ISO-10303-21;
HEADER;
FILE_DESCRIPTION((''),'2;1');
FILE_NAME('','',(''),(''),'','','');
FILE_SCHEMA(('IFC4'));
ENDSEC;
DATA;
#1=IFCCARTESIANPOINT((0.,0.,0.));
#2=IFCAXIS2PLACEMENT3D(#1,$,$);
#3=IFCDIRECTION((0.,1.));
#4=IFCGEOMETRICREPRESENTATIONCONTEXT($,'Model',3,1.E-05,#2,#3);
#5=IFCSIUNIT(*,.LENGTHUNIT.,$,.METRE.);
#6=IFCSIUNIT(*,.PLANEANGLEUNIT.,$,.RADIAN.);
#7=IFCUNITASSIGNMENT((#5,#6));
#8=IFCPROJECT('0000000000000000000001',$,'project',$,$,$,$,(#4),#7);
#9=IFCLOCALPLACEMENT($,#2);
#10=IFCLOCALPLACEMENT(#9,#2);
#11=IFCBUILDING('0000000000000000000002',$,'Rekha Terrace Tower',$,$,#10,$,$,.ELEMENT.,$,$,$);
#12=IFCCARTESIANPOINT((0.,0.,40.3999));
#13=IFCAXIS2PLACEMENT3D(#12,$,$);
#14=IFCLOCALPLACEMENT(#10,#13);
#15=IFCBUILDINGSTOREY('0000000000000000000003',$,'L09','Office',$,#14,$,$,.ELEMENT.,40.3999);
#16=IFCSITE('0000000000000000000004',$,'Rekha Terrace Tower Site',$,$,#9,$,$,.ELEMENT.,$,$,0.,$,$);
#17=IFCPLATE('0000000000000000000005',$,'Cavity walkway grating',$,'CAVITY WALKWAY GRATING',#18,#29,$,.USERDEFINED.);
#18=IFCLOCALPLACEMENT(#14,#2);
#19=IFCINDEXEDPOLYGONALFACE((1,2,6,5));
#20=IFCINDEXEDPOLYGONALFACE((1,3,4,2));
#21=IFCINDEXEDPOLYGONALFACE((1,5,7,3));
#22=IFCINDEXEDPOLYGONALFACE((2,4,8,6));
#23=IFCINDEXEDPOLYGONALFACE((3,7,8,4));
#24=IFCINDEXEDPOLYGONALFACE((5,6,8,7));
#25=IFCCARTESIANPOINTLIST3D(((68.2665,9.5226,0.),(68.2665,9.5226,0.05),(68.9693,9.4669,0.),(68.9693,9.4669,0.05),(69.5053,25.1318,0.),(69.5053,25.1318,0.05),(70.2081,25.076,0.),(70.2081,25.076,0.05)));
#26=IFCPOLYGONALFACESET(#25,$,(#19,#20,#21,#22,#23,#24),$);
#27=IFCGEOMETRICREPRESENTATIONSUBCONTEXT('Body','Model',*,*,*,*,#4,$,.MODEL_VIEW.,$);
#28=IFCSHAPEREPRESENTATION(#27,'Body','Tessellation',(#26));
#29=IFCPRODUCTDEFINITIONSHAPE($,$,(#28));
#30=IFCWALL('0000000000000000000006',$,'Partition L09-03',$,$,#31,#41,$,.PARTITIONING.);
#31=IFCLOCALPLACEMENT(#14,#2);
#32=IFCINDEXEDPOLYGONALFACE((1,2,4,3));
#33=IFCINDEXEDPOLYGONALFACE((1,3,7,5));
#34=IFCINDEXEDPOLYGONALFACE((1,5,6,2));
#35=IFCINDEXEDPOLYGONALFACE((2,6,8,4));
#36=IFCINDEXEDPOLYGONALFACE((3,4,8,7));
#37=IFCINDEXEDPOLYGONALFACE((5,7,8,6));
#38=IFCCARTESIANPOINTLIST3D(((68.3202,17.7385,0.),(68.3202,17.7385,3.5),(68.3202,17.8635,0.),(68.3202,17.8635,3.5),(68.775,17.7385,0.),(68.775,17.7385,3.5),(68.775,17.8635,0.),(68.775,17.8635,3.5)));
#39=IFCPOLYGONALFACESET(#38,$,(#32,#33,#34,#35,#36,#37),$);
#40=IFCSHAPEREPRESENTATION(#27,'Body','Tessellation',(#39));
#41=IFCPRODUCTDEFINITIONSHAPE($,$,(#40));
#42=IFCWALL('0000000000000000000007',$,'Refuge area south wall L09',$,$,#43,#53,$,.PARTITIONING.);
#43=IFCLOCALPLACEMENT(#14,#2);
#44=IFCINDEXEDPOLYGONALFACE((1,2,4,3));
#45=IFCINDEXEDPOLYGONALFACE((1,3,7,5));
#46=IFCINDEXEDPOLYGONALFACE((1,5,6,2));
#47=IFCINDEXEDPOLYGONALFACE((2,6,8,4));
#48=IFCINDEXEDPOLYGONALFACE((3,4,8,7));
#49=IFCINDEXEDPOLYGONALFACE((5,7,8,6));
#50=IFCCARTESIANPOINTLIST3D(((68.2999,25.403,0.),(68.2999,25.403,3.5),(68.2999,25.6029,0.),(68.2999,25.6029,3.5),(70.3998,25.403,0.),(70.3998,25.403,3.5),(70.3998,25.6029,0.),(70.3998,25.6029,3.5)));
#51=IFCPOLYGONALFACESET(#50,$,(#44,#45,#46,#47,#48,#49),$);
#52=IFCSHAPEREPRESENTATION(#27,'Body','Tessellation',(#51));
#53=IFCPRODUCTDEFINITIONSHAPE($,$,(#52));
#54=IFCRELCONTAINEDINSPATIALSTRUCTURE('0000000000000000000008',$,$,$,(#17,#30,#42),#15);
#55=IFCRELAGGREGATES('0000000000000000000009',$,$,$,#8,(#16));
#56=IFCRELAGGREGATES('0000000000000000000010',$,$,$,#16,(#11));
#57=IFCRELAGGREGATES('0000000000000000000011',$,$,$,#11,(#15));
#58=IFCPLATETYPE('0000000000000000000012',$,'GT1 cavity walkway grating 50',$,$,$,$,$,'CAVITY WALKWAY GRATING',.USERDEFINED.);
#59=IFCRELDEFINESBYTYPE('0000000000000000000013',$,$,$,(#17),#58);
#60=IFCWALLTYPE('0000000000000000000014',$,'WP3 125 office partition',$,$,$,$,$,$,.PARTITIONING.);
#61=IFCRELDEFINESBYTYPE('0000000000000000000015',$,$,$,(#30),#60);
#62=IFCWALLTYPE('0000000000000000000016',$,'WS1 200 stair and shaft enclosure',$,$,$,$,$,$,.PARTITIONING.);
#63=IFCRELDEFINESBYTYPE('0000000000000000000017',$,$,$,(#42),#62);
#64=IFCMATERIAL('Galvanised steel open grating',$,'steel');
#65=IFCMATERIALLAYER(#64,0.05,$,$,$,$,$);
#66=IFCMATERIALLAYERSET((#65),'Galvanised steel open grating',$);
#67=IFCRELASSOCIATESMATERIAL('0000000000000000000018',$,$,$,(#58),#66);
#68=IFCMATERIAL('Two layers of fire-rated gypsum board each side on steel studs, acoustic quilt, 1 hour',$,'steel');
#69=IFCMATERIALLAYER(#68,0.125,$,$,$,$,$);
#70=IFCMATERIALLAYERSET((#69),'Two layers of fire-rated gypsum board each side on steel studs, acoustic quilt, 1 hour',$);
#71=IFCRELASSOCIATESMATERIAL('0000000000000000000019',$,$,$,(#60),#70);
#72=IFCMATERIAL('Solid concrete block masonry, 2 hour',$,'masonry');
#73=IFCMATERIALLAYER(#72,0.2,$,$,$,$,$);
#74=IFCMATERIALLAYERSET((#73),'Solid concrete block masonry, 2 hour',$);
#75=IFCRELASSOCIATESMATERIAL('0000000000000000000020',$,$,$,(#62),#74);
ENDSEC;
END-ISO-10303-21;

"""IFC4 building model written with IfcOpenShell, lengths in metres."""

from ifc_helpers import new_model, si_unit, direction, frame, frame_2d, origin, origin_2d, place, context, subcontext, project, spatial, rectangle, extrude, material, layer, layer_set, type_object, element, save


model = new_model("IFC4")

# Units and contexts
model_context = context("Model", 3, precision=1e-05, world=origin(), true_north=direction((0.0, 1.0)))
body_context = subcontext(model_context, "Body", "Model", "MODEL_VIEW")
ifc_project = project(units=[si_unit("LENGTHUNIT", "METRE"), si_unit("PLANEANGLEUNIT", "RADIAN")], contexts=[model_context])

# Site, building, storey
site_placement = place(None, origin())
site = spatial("IfcSite", under=ifc_project, at=site_placement, Name="Rekha Terrace Tower Site", CompositionType="ELEMENT", RefElevation=0.0)
building_placement = place(site_placement, origin())
building = spatial("IfcBuilding", under=site, at=building_placement, Name="Rekha Terrace Tower", CompositionType="ELEMENT")
storey_placement = place(building_placement, frame((0.0, 0.0, 40.3999)))
storey = spatial("IfcBuildingStorey", under=building, at=storey_placement, Name="L09", Description="Office", CompositionType="ELEMENT", Elevation=40.3999)

# Plate
ifc_material_1 = material(Name="Galvanised steel open grating", Category="steel")
ifc_layer_1 = layer(ifc_material_1, 0.05)
ifc_layer_set_1 = layer_set([ifc_layer_1], Name="Galvanised steel open grating")
plate_type_1 = type_object("IfcPlateType", Name="GT1 cavity walkway grating 50", ElementType="CAVITY WALKWAY GRATING", PredefinedType="USERDEFINED", material=ifc_layer_set_1)
plate_1_placement = place(storey_placement, frame((69.2373, 17.2993, 0.0), z_axis=(0.0, 0.0, 1.0), x_axis=(0.079116, 0.996865, 0.0)))
element("IfcPlate", 1, at=plate_1_placement, inside=storey, type_object=plate_type_1, Name="Cavity walkway grating", ObjectType="CAVITY WALKWAY GRATING", PredefinedType="USERDEFINED", context=body_context, shape_type="SweptSolid", body=[
    extrude(rectangle(XDim=15.6582, YDim=0.7051, at=origin_2d()), origin(), (0.0, 0.0, 1.0), 0.05),
])

# Walls
ifc_material_2 = material(Name="Two layers of fire-rated gypsum board each side on steel studs, acoustic quilt, 1 hour", Category="steel")
ifc_layer_2 = layer(ifc_material_2, 0.125)
ifc_layer_set_2 = layer_set([ifc_layer_2], Name="Two layers of fire-rated gypsum board each side on steel studs, acoustic quilt, 1 hour")
wall_type_1 = type_object("IfcWallType", Name="WP3 125 office partition", PredefinedType="PARTITIONING", material=ifc_layer_set_2)
wall_1_placement = place(storey_placement, frame((68.3201, 17.801, 0.0), z_axis=(0.0, 0.0, 1.0), x_axis=(1.0, 0.0, 0.0)))
element("IfcWall", 2, at=wall_1_placement, inside=storey, type_object=wall_type_1, Name="Partition L09-03", PredefinedType="PARTITIONING", context=body_context, shape_type="SweptSolid", body=[
    extrude(rectangle(XDim=0.4548, YDim=0.125, at=frame_2d((0.2275, 0.0))), origin(), (0.0, 0.0, 1.0), 3.5),
])
ifc_material_3 = material(Name="Solid concrete block masonry, 2 hour", Category="masonry")
ifc_layer_3 = layer(ifc_material_3, 0.2)
ifc_layer_set_3 = layer_set([ifc_layer_3], Name="Solid concrete block masonry, 2 hour")
wall_type_2 = type_object("IfcWallType", Name="WS1 200 stair and shaft enclosure", PredefinedType="PARTITIONING", material=ifc_layer_set_3)
wall_2_placement = place(storey_placement, frame((68.3, 25.5029, 0.0), z_axis=(0.0, 0.0, 1.0), x_axis=(1.0, 0.0, 0.0)))
element("IfcWall", 3, at=wall_2_placement, inside=storey, type_object=wall_type_2, Name="Refuge area south wall L09", PredefinedType="PARTITIONING", context=body_context, shape_type="SweptSolid", body=[
    extrude(rectangle(XDim=2.0999, YDim=0.2, at=frame_2d((1.0498, 0.0))), origin(), (0.0, 0.0, 1.0), 3.5),
])

save(model, "model.ifc")
